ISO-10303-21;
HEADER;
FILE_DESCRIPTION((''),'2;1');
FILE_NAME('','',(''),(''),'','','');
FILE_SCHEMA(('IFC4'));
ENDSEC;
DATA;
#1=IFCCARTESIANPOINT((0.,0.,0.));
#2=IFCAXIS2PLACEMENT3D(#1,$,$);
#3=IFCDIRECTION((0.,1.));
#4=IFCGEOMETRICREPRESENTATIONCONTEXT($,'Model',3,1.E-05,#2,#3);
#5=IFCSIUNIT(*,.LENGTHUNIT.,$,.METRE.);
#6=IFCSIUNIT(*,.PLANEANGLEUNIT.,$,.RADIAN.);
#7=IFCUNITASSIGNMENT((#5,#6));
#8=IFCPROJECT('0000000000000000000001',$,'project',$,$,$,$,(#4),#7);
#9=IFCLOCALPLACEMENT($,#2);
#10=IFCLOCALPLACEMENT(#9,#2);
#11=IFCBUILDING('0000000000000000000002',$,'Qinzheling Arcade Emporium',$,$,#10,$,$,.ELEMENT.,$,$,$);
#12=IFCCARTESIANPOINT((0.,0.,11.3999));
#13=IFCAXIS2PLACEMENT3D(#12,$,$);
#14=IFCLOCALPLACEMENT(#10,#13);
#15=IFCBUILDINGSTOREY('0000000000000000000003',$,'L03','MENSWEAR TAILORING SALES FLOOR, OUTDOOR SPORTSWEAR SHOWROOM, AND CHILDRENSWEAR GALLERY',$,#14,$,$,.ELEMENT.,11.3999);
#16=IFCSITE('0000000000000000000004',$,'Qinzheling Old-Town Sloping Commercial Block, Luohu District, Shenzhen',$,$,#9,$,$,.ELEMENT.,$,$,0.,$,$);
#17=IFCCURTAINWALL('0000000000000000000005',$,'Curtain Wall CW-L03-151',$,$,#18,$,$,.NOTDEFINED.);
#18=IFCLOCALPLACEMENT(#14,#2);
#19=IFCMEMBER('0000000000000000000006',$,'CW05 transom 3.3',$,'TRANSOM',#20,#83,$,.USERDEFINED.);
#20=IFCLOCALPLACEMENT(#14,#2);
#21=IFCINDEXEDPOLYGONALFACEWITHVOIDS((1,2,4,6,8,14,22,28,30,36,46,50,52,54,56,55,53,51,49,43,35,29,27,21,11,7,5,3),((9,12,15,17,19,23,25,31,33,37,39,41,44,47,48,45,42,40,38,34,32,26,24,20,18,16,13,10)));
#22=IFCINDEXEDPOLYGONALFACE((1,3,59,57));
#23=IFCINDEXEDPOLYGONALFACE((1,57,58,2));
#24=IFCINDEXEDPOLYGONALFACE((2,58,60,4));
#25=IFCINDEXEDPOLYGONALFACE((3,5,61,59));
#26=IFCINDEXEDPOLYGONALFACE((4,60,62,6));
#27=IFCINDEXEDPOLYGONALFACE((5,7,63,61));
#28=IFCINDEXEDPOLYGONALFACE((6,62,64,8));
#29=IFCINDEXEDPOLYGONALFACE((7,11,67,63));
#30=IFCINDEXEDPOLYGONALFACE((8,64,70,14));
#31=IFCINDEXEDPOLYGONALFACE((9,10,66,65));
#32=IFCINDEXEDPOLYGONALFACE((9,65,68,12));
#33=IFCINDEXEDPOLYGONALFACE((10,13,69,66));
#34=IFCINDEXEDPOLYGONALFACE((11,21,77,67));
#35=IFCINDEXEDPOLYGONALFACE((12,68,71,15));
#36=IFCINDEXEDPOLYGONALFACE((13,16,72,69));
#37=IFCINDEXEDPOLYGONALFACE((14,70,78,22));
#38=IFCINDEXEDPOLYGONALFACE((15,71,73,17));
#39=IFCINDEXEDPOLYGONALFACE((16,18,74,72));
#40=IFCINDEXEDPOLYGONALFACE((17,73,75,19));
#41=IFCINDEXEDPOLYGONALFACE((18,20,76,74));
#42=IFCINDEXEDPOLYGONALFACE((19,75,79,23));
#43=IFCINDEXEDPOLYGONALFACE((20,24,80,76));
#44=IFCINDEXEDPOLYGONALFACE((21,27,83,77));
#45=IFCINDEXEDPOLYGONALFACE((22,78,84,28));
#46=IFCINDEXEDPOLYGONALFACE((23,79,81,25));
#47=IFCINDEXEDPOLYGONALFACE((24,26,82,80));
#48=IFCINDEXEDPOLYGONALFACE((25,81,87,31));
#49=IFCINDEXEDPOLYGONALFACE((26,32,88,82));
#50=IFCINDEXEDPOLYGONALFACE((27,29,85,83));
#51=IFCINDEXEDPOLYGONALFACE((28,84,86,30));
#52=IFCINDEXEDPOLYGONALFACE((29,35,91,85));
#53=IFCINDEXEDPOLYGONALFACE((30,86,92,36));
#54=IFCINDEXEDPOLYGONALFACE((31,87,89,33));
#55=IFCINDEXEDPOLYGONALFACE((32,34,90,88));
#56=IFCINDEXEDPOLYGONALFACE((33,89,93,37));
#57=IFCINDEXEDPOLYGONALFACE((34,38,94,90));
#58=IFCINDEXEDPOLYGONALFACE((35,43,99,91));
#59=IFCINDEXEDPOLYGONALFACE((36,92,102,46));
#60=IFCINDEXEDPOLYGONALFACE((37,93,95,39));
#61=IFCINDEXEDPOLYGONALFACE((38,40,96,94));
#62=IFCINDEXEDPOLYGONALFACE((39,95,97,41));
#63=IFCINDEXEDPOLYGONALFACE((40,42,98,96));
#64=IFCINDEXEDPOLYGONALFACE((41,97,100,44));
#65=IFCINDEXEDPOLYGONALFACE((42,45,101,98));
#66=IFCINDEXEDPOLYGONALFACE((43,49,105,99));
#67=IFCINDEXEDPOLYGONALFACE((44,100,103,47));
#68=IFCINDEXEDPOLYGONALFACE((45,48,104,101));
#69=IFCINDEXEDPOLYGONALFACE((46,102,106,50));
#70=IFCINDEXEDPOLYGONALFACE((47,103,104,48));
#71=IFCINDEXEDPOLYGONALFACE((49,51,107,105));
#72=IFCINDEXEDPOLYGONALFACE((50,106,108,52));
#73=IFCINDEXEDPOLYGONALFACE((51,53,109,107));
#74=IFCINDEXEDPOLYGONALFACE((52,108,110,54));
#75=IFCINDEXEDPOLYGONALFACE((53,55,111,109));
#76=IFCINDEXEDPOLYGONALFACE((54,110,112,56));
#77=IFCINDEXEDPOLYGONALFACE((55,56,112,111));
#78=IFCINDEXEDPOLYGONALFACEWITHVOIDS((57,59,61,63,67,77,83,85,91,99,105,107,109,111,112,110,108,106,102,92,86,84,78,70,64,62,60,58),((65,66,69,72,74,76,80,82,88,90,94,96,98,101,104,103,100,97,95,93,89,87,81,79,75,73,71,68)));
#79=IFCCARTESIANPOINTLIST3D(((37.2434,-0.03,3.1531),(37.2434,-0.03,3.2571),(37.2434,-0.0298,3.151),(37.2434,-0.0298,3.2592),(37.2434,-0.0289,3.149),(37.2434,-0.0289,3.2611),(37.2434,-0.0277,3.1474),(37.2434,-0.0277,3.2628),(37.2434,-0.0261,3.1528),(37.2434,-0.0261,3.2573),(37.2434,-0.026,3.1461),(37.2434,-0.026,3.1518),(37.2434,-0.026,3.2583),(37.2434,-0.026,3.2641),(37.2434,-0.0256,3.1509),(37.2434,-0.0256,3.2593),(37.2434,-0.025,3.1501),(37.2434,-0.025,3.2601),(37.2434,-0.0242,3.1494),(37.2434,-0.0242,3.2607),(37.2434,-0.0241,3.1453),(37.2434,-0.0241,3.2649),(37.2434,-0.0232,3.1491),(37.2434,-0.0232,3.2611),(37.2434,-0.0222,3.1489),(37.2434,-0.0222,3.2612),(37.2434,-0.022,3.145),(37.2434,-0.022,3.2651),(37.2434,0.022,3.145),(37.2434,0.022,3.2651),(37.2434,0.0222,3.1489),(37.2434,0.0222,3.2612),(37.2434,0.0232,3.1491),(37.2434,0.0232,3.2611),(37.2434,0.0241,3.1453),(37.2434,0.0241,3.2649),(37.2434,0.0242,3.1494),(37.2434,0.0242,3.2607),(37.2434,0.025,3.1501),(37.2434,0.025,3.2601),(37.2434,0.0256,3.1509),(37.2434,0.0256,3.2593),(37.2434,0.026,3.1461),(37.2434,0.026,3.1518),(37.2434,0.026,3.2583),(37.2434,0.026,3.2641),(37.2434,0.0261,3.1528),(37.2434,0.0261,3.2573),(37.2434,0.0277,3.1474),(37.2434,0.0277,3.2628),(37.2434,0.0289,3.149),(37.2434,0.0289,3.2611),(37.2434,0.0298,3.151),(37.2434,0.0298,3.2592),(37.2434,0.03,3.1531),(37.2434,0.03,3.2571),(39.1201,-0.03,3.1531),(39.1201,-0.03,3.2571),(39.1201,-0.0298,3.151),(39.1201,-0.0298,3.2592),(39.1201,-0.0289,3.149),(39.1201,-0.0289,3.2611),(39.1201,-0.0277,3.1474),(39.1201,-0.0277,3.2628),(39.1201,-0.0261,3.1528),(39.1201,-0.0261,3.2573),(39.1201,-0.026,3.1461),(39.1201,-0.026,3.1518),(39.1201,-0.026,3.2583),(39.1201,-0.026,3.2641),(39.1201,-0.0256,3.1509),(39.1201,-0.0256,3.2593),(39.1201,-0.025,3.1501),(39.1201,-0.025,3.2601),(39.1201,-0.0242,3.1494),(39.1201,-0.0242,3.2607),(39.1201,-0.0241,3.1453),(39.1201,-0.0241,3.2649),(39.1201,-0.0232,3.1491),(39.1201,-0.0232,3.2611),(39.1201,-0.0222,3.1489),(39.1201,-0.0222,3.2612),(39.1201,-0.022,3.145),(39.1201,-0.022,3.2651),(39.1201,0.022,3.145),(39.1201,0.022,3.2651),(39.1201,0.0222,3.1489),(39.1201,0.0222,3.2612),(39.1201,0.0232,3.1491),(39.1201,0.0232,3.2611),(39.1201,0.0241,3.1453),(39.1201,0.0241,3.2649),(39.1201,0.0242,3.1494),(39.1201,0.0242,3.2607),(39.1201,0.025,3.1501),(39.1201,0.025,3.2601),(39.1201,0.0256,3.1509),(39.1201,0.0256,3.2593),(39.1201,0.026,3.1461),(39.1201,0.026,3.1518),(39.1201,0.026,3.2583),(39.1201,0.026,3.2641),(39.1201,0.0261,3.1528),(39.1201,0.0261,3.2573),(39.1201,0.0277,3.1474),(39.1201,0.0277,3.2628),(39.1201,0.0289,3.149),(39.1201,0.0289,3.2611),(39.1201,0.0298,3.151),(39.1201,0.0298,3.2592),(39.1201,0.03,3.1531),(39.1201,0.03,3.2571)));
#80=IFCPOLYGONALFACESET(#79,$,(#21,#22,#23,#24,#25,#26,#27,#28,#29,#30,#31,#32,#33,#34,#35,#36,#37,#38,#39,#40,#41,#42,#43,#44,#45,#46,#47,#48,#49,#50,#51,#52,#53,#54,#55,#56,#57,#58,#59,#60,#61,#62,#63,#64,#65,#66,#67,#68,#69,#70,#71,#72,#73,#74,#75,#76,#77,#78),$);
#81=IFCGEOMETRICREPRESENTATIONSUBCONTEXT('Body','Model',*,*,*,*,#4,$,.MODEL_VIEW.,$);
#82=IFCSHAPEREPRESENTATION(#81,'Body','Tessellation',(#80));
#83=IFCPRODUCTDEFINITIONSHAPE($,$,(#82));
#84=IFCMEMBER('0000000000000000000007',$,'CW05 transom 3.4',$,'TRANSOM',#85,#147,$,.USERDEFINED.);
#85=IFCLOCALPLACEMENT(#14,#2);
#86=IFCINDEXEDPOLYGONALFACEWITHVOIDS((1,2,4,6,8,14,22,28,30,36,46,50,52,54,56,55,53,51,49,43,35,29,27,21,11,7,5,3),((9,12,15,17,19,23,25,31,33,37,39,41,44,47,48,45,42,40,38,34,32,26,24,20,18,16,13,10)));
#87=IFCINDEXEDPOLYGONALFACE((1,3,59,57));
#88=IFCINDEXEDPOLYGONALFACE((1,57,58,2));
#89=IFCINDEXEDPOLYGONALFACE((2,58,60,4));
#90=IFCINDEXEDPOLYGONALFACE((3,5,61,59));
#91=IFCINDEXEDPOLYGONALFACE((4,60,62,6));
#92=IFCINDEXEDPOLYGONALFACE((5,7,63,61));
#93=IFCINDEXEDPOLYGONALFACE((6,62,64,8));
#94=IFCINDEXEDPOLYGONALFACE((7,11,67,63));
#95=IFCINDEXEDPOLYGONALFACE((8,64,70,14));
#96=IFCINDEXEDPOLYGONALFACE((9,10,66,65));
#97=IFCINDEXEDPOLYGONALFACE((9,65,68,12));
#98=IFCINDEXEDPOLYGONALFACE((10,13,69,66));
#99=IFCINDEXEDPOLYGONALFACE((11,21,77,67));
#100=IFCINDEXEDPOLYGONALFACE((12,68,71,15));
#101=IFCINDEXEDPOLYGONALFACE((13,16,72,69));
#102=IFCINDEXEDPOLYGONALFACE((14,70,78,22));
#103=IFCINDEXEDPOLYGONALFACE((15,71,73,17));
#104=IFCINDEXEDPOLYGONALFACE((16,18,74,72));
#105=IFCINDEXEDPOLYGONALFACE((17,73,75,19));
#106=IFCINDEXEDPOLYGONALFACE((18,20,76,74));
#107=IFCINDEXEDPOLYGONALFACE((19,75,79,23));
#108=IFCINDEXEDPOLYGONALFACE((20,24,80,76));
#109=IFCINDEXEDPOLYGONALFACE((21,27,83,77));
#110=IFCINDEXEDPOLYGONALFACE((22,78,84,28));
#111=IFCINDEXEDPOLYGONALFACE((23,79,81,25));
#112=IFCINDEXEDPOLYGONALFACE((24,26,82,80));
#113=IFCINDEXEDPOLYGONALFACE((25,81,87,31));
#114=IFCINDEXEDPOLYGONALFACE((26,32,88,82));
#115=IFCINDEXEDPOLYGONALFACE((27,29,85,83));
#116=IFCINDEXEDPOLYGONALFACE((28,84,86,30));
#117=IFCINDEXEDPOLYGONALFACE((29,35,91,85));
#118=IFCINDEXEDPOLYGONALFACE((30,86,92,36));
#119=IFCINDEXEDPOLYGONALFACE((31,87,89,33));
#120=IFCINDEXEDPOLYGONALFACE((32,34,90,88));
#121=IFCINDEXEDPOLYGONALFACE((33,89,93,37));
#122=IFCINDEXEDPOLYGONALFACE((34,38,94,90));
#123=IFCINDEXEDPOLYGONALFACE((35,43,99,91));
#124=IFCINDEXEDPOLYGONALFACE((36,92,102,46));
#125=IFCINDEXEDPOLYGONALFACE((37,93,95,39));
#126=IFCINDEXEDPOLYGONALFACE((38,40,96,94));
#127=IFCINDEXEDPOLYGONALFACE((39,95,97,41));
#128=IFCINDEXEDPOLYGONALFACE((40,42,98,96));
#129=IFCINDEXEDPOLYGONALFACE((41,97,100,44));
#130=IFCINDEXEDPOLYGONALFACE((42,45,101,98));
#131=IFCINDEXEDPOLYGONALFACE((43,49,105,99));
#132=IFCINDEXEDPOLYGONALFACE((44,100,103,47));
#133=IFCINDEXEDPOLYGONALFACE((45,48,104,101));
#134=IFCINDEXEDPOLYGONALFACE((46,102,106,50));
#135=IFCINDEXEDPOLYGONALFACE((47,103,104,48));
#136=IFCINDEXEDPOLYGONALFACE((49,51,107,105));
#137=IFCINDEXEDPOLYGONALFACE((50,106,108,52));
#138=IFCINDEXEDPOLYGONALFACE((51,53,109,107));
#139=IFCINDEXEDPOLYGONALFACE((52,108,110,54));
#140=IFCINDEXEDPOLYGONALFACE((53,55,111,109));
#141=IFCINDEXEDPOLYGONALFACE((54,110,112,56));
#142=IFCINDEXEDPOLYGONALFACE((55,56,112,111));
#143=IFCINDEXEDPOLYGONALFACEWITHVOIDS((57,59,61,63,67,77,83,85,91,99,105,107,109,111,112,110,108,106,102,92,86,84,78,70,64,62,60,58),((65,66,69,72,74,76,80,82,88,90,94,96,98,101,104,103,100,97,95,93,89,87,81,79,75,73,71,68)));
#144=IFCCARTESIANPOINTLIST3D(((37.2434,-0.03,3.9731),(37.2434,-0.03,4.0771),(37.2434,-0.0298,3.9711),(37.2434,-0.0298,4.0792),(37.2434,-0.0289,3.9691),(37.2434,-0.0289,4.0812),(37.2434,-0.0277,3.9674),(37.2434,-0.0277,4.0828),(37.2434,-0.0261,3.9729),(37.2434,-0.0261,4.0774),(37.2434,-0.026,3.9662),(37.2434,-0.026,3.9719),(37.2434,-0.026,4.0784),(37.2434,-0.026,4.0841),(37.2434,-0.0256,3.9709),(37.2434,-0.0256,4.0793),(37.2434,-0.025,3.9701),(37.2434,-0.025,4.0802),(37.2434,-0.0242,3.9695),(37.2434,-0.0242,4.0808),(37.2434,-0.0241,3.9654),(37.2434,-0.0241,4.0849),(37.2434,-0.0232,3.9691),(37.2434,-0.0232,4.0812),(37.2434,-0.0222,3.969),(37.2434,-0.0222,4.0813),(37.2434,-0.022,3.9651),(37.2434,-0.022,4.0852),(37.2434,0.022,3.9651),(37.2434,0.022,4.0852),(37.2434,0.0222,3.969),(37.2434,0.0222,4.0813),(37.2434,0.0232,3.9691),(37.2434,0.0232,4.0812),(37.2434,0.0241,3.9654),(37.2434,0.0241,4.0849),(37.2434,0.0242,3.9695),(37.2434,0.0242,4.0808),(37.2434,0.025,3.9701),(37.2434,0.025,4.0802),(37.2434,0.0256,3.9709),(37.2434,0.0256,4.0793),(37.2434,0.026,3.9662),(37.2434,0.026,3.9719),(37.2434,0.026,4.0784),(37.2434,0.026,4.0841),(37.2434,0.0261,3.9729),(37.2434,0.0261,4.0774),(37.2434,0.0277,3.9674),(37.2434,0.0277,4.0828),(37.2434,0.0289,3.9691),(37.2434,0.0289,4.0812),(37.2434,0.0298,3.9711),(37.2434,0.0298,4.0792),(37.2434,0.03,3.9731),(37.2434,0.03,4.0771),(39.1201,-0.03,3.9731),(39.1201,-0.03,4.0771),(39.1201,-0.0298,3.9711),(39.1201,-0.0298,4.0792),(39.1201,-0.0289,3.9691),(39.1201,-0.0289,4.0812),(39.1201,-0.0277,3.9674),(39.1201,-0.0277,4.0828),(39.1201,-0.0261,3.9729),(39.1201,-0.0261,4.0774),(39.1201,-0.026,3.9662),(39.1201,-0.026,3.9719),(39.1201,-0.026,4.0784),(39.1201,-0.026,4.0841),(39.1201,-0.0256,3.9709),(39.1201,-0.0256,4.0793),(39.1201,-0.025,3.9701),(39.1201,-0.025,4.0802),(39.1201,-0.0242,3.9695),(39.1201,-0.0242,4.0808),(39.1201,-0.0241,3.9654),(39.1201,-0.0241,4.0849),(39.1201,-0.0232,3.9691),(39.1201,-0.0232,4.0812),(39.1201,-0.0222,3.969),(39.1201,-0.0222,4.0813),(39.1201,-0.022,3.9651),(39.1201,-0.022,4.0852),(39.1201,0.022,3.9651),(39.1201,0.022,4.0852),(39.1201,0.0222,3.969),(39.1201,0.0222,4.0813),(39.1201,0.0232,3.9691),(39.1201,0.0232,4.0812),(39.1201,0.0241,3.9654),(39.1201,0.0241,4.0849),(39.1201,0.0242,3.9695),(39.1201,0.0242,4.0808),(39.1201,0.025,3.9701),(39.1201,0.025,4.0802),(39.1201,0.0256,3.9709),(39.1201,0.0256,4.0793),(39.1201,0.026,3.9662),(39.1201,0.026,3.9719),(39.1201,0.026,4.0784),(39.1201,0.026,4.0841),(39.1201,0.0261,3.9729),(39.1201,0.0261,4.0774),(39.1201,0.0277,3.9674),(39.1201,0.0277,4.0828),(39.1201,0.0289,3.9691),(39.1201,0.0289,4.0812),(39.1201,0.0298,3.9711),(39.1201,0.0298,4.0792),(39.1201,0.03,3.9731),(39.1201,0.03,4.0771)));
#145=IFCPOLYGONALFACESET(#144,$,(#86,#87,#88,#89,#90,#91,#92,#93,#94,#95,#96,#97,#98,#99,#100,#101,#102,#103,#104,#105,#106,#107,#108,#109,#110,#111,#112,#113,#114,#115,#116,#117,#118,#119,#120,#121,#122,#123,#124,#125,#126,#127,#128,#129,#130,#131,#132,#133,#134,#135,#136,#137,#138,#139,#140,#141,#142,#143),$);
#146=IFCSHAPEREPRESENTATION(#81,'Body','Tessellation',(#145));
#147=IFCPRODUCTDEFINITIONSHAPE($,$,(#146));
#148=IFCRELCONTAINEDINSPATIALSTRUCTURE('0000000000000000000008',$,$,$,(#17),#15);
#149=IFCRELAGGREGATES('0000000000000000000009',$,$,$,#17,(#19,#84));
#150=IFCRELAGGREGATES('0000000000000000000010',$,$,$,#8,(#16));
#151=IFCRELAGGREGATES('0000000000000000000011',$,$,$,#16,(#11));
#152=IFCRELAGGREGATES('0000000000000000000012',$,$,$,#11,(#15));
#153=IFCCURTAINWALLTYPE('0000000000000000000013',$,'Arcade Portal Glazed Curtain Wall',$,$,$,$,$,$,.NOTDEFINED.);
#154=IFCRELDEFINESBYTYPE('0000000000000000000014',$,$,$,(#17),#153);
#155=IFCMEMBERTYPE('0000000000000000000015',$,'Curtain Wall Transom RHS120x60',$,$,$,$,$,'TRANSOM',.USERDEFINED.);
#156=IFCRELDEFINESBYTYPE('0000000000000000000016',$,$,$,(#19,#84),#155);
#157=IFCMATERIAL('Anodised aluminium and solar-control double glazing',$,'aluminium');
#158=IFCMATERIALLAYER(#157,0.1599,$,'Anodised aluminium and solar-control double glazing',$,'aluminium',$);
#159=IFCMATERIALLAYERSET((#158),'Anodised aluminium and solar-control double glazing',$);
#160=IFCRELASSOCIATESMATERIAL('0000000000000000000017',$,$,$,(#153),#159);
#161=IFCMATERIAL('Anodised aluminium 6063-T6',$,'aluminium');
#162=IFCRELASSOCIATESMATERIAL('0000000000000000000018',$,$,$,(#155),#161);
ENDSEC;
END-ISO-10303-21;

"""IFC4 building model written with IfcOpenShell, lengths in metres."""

from ifc_helpers import new_model, si_unit, direction, frame, origin, origin_2d, place, context, subcontext, project, spatial, hollow_rectangle, extrude, material, layer, layer_set, material_profile, profile_set, type_object, element, aggregate, save


model = new_model("IFC4")

# Units and contexts
model_context = context("Model", 3, precision=1e-05, world=origin(), true_north=direction((0.0, 1.0)))
body_context = subcontext(model_context, "Body", "Model", "MODEL_VIEW")
ifc_project = project(units=[si_unit("LENGTHUNIT", "METRE"), si_unit("PLANEANGLEUNIT", "RADIAN")], contexts=[model_context])

# Site, building, storey
site_placement = place(None, origin())
site = spatial("IfcSite", under=ifc_project, at=site_placement, Name="Qinzheling Old-Town Sloping Commercial Block, Luohu District, Shenzhen", CompositionType="ELEMENT", RefElevation=0.0)
building_placement = place(site_placement, origin())
building = spatial("IfcBuilding", under=site, at=building_placement, Name="Qinzheling Arcade Emporium", CompositionType="ELEMENT")
storey_placement = place(building_placement, frame((0.0, 0.0, 11.3999)))
storey = spatial("IfcBuildingStorey", under=building, at=storey_placement, Name="L03", Description="MENSWEAR TAILORING SALES FLOOR, OUTDOOR SPORTSWEAR SHOWROOM, AND CHILDRENSWEAR GALLERY", CompositionType="ELEMENT", Elevation=11.3999)

# Shared definitions
ifc_material_1 = material(Name="Anodised aluminium and solar-control double glazing", Category="aluminium")
ifc_layer_1 = layer(ifc_material_1, 0.1599, Name="Anodised aluminium and solar-control double glazing", Category="aluminium")
ifc_layer_set_1 = layer_set([ifc_layer_1], Name="Anodised aluminium and solar-control double glazing")
curtain_wall_type = type_object("IfcCurtainWallType", Name="Arcade Portal Glazed Curtain Wall", PredefinedType="NOTDEFINED", material=ifc_layer_set_1)
ifc_material_2 = material(Name="Anodised aluminium 6063-T6", Category="aluminium")

# Curtain wall
curtain_wall_1_placement = place(storey_placement, origin())
curtain_wall_1 = element("IfcCurtainWall", 1, at=curtain_wall_1_placement, inside=storey, type_object=curtain_wall_type, Name="Curtain Wall CW-L03-151", PredefinedType="NOTDEFINED")

# Members
ifc_material_profile_1 = material_profile(ifc_material_2, hollow_rectangle(XDim=0.0601, YDim=0.1201, WallThickness=0.0039, InnerFilletRadius=0.0039, OuterFilletRadius=0.0081, at=origin_2d()), Name="RHS 120x60x4", Category="aluminium")
ifc_profile_set_1 = profile_set([ifc_material_profile_1], Name="Anodised aluminium 6063-T6")
member_type_1 = type_object("IfcMemberType", Name="Curtain Wall Transom RHS120x60", ElementType="TRANSOM", PredefinedType="USERDEFINED", material=ifc_profile_set_1)
member_1_placement = place(storey_placement, frame((39.1201, 0.0, 3.2051), z_axis=(-1.0, 0.0, 0.0), x_axis=(0.0, -1.0, 0.0)))
member_1 = element("IfcMember", 2, at=member_1_placement, type_object=member_type_1, Name="CW05 transom 3.3", ObjectType="TRANSOM", PredefinedType="USERDEFINED", context=body_context, shape_type="SweptSolid", body=[
    extrude(hollow_rectangle(XDim=0.0601, YDim=0.1201, WallThickness=0.0039, InnerFilletRadius=0.0039, OuterFilletRadius=0.0081, at=origin_2d()), origin(), (0.0, 0.0, 1.0), 1.8767),
])
member_2_placement = place(storey_placement, frame((39.1201, 0.0, 4.0251), z_axis=(-1.0, 0.0, 0.0), x_axis=(0.0, -1.0, 0.0)))
member_2 = element("IfcMember", 3, at=member_2_placement, type_object=member_type_1, Name="CW05 transom 3.4", ObjectType="TRANSOM", PredefinedType="USERDEFINED", context=body_context, shape_type="SweptSolid", body=[
    extrude(hollow_rectangle(XDim=0.0601, YDim=0.1201, WallThickness=0.0039, InnerFilletRadius=0.0039, OuterFilletRadius=0.0081, at=origin_2d()), origin(), (0.0, 0.0, 1.0), 1.8767),
])

aggregate(curtain_wall_1, [member_1, member_2])

save(model, "model.ifc")
